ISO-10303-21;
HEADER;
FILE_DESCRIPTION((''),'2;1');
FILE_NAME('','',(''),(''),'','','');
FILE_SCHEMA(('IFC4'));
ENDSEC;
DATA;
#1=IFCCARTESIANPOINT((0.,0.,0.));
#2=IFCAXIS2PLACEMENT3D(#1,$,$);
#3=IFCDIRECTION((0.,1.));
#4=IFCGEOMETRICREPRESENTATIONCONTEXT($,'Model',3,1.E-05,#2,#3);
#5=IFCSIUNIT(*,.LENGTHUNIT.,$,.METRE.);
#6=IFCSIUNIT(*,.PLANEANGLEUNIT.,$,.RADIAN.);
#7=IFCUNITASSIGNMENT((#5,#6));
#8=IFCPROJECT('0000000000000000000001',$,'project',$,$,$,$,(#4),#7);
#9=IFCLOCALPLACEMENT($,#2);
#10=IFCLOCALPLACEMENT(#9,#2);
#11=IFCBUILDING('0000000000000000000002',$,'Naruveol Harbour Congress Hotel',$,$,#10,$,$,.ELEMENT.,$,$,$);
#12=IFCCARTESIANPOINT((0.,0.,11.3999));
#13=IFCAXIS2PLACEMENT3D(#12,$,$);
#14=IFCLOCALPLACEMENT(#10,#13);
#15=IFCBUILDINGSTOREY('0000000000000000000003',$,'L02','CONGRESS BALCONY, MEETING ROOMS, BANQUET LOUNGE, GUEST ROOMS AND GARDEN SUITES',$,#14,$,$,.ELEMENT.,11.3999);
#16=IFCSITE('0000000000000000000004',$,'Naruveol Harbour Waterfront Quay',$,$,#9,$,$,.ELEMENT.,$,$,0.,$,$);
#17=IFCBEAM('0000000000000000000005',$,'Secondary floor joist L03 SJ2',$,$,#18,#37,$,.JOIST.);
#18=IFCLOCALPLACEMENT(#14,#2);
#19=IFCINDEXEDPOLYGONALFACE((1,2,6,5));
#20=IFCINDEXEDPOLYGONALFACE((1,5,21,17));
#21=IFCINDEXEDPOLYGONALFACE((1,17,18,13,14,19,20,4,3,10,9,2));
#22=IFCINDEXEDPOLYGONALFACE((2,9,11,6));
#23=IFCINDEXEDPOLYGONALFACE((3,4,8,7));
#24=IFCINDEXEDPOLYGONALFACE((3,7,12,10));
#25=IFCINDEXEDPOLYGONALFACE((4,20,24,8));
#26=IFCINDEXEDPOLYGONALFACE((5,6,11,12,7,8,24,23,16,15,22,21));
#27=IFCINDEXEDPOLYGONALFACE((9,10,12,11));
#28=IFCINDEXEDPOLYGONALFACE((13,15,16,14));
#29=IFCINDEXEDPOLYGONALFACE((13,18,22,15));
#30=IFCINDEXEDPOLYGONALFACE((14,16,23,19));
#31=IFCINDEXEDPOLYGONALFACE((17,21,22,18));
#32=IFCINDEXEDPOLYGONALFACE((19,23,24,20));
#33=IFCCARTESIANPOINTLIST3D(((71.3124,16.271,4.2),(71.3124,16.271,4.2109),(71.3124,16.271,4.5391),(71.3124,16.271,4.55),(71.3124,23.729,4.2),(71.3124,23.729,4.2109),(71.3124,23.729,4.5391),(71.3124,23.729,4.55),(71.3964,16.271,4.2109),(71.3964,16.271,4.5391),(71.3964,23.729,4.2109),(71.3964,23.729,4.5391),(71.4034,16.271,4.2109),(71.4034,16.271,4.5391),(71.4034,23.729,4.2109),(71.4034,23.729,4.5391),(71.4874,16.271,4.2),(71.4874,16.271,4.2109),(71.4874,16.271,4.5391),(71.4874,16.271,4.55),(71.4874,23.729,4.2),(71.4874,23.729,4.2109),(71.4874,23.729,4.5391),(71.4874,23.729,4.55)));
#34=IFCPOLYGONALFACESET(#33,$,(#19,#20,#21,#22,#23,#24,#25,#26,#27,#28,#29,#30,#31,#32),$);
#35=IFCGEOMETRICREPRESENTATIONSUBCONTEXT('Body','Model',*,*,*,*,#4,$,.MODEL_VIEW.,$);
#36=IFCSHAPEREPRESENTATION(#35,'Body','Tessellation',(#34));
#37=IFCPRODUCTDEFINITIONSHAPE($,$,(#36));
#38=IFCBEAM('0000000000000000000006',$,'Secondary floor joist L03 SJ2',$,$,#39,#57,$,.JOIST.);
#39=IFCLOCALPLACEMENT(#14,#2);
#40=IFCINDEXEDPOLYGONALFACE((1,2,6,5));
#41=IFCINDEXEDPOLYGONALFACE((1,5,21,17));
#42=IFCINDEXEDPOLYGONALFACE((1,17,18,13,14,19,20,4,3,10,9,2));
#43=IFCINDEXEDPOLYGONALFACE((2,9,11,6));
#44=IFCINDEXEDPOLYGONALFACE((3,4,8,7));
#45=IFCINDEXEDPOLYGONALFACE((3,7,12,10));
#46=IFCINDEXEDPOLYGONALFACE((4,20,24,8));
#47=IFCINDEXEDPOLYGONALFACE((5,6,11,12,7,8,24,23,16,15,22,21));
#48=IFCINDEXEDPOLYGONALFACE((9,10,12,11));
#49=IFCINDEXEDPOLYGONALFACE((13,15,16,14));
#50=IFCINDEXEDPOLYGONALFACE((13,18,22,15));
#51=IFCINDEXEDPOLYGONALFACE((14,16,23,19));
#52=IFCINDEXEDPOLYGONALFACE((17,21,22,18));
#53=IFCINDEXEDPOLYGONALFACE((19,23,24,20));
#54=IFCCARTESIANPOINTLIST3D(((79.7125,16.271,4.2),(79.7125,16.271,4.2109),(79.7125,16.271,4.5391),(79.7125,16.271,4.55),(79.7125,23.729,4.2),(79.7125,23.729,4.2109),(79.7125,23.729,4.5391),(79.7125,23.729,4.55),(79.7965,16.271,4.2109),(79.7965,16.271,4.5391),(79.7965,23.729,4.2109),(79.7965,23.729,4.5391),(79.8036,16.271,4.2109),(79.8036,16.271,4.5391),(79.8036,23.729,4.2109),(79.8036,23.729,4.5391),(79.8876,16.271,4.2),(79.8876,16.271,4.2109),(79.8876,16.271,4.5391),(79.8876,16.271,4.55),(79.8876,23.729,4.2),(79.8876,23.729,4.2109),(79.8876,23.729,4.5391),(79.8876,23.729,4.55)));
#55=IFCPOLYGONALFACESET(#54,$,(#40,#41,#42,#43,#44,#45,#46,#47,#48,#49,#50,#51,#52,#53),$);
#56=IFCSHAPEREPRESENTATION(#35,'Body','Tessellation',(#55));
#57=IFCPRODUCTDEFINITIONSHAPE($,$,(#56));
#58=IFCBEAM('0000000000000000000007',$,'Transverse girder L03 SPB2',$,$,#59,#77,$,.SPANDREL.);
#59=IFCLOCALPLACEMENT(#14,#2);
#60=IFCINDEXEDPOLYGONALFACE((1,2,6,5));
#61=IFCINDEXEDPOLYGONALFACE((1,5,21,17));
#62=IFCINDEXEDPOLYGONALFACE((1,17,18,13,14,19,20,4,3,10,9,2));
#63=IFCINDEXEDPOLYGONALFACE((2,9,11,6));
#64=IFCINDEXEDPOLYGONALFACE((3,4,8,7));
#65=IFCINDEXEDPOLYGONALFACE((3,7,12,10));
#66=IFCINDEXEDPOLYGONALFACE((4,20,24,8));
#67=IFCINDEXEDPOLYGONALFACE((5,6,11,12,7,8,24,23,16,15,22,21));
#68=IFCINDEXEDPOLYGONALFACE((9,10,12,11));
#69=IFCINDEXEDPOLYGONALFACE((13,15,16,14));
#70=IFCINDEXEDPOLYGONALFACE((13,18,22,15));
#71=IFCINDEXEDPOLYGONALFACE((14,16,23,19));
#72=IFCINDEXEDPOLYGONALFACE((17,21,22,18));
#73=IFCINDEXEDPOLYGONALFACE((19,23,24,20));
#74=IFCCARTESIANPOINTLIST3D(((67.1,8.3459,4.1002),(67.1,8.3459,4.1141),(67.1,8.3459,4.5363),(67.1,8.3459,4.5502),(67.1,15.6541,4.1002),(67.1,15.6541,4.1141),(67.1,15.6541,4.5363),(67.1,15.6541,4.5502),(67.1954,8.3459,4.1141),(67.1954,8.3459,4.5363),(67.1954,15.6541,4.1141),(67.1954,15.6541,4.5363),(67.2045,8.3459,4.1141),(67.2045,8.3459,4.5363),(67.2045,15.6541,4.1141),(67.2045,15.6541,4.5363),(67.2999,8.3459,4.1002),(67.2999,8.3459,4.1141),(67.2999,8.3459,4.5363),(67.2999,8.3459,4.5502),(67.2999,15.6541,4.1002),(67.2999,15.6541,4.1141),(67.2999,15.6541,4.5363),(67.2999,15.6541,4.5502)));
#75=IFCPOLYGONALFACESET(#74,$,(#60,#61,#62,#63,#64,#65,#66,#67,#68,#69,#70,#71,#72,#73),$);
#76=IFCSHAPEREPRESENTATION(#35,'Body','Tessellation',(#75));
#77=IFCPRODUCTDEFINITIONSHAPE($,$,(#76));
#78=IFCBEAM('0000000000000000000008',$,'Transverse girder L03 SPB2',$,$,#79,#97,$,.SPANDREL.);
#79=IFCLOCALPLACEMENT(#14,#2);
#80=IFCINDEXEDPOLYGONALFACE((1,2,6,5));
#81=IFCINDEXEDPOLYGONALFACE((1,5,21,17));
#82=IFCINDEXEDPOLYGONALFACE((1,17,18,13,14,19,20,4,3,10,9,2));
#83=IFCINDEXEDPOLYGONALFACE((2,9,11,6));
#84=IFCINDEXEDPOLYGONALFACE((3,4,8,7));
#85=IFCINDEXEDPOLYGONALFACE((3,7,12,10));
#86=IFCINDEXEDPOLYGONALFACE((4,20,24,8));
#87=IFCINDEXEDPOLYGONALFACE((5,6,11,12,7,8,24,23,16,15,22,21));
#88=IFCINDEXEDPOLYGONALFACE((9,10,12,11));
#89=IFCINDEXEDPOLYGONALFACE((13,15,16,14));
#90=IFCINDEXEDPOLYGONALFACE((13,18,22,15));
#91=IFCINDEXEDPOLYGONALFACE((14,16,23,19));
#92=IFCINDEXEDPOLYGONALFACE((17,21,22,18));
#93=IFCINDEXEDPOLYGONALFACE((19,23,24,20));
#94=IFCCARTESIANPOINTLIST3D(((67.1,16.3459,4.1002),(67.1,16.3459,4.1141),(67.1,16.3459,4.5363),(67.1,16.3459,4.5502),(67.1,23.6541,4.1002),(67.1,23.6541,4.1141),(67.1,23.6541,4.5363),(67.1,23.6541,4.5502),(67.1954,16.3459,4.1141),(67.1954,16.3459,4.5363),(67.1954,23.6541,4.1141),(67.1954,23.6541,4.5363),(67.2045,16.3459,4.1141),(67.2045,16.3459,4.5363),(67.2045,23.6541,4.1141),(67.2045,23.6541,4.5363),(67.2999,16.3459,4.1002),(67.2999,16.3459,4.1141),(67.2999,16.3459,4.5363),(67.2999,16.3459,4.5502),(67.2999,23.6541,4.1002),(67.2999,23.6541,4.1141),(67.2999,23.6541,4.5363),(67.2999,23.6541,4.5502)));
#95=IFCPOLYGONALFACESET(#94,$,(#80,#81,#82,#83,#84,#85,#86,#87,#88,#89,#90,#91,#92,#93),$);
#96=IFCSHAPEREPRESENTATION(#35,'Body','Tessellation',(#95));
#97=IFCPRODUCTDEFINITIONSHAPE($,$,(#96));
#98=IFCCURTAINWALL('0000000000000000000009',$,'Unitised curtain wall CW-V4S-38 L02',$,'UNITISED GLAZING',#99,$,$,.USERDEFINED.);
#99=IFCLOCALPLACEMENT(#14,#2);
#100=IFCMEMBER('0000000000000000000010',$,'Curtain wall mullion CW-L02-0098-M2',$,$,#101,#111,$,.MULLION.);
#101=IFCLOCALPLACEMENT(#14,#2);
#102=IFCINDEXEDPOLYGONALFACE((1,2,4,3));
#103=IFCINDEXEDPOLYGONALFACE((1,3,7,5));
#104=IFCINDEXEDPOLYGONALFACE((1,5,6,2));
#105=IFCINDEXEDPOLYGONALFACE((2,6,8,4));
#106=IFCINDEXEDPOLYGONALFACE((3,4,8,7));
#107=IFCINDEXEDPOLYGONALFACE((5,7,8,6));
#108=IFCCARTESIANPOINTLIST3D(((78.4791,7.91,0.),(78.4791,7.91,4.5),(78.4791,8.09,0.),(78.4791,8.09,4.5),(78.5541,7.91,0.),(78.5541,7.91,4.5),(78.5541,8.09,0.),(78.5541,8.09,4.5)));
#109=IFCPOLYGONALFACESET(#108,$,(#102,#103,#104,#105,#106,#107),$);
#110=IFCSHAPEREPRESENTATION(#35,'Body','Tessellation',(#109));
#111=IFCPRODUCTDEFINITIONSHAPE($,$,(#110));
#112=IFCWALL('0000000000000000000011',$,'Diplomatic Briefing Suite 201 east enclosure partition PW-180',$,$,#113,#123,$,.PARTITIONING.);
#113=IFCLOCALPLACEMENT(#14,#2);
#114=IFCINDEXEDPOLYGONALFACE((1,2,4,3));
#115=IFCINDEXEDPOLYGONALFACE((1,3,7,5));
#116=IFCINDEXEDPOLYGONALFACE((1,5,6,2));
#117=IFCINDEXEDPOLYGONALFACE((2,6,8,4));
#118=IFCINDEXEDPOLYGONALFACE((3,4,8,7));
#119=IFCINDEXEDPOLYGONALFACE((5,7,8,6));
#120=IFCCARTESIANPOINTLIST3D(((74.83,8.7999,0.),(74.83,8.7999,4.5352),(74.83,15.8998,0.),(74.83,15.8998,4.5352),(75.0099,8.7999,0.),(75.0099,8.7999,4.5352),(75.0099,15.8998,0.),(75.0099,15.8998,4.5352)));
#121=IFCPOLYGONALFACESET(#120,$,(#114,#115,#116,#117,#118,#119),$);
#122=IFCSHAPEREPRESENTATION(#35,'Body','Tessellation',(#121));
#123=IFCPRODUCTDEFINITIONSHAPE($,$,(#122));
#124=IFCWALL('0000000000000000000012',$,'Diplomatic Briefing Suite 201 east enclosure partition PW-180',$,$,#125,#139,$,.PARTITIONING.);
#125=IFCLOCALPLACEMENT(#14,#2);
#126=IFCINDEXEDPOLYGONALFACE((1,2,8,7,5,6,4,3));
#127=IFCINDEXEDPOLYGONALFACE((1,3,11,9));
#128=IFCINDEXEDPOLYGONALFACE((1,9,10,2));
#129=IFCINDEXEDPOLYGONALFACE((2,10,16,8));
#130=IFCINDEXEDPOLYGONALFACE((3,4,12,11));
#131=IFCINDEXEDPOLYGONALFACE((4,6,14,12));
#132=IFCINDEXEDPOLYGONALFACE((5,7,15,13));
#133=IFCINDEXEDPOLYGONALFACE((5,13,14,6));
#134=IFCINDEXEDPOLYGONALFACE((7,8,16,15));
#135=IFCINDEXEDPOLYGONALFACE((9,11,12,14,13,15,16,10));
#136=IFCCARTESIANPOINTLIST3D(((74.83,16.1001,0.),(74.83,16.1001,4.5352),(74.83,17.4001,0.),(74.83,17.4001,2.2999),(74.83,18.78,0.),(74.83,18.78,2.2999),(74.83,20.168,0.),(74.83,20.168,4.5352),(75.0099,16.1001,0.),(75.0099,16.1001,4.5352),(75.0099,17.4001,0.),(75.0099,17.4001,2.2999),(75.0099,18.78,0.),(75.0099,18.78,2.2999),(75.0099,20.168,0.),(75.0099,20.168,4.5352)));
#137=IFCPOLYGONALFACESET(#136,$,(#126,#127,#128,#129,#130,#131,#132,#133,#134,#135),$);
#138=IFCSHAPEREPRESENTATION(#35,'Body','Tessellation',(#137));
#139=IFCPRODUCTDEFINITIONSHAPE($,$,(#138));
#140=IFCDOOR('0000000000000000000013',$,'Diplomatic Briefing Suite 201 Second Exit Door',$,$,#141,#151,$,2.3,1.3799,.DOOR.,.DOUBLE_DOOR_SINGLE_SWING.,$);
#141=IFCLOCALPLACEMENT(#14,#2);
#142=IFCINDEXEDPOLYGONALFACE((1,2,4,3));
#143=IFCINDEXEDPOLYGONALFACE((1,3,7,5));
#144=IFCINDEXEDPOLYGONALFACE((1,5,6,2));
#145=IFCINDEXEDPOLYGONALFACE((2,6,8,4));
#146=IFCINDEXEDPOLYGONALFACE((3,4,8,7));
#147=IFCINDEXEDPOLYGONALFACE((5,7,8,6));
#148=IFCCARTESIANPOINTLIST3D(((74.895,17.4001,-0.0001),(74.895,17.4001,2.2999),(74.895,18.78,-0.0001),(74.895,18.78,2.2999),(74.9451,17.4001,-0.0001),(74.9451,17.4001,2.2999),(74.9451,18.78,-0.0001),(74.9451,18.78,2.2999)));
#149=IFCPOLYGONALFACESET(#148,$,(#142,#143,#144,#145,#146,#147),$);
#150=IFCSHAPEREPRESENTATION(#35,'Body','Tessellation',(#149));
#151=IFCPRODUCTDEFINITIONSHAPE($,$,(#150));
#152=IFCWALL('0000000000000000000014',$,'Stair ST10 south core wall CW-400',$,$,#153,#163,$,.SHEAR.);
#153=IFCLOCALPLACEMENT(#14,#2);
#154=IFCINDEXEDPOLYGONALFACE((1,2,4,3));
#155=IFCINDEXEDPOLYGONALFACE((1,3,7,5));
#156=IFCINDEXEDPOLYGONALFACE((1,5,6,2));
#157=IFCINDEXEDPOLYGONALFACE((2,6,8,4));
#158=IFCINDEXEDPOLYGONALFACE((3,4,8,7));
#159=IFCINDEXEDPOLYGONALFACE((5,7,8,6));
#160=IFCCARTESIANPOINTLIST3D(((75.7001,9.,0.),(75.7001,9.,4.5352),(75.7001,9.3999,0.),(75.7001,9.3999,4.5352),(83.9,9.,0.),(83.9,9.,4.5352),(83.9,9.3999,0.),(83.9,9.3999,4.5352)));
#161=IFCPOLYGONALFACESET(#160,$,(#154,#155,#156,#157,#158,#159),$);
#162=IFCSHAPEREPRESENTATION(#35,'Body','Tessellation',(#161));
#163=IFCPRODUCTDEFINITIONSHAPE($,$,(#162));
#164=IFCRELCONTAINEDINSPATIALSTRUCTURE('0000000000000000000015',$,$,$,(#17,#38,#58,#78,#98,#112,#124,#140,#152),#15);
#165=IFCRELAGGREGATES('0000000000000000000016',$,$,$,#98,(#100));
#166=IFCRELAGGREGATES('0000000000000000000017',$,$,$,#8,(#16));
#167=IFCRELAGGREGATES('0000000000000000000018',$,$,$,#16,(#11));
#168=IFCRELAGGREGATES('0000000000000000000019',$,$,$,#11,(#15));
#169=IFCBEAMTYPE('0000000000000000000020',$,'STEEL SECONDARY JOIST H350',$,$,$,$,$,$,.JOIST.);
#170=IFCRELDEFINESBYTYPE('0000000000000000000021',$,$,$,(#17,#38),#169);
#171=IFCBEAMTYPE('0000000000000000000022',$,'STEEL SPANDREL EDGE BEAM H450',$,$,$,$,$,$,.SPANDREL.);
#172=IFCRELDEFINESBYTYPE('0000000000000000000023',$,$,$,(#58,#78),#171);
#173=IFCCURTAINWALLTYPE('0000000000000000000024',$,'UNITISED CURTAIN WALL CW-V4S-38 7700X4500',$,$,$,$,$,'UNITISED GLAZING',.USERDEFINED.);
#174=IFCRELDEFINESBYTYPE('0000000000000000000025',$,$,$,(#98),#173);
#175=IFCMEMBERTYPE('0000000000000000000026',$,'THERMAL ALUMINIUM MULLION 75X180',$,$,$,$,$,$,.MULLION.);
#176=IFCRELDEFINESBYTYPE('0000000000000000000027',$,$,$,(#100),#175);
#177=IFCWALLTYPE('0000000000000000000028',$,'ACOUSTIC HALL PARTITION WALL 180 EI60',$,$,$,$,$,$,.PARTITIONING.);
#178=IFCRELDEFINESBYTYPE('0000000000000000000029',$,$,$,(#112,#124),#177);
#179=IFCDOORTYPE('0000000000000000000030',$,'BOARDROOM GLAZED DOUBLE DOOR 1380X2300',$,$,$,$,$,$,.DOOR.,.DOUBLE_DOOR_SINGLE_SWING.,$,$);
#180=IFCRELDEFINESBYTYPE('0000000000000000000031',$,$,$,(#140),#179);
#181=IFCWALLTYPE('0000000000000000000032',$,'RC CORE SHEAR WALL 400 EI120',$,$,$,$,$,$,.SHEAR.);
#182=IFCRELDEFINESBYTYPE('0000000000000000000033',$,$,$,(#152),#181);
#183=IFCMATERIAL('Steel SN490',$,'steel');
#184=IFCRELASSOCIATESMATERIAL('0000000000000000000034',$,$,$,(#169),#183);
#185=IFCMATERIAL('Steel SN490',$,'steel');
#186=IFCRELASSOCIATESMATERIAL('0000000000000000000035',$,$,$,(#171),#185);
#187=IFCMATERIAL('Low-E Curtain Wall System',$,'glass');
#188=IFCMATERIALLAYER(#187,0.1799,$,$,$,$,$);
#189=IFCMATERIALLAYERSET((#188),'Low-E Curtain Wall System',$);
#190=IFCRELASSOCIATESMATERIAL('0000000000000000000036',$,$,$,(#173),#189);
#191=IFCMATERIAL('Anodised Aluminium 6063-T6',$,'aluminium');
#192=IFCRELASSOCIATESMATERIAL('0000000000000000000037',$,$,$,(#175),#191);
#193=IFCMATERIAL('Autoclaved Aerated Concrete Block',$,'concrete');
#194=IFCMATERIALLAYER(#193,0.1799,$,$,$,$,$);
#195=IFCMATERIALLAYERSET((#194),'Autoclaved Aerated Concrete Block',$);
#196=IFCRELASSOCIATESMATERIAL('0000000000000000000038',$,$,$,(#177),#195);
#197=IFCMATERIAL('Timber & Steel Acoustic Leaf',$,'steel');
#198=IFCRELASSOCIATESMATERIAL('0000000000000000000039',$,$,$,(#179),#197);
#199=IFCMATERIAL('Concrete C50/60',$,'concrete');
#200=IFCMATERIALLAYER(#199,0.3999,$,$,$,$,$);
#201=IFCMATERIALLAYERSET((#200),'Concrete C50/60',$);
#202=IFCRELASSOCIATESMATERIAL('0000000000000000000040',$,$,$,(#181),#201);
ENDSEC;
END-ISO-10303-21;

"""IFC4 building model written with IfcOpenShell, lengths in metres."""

from ifc_helpers import new_model, si_unit, direction, frame, frame_2d, origin, origin_2d, place, context, subcontext, project, spatial, rectangle, i_section, extrude, material, layer, layer_set, material_profile, profile_set, type_object, element, fill, aggregate, save


model = new_model("IFC4")

# Units and contexts
model_context = context("Model", 3, precision=1e-05, world=origin(), true_north=direction((0.0, 1.0)))
body_context = subcontext(model_context, "Body", "Model", "MODEL_VIEW")
ifc_project = project(units=[si_unit("LENGTHUNIT", "METRE"), si_unit("PLANEANGLEUNIT", "RADIAN")], contexts=[model_context])

# Site, building, storey
site_placement = place(None, origin())
site = spatial("IfcSite", under=ifc_project, at=site_placement, Name="Naruveol Harbour Waterfront Quay", CompositionType="ELEMENT", RefElevation=0.0)
building_placement = place(site_placement, origin())
building = spatial("IfcBuilding", under=site, at=building_placement, Name="Naruveol Harbour Congress Hotel", CompositionType="ELEMENT")
storey_placement = place(building_placement, frame((0.0, 0.0, 11.3999)))
storey = spatial("IfcBuildingStorey", under=building, at=storey_placement, Name="L02", Description="CONGRESS BALCONY, MEETING ROOMS, BANQUET LOUNGE, GUEST ROOMS AND GARDEN SUITES", CompositionType="ELEMENT", Elevation=11.3999)

# Beams
ifc_material_1 = material(Name="Steel SN490", Category="steel")
ifc_material_profile_1 = material_profile(ifc_material_1, i_section(OverallWidth=0.175, OverallDepth=0.3501, WebThickness=0.0071, FlangeThickness=0.011, at=origin_2d()), Name="H-350x175x7x11")
ifc_profile_set_1 = profile_set([ifc_material_profile_1], Name="Steel SN490")
beam_type_1 = type_object("IfcBeamType", Name="STEEL SECONDARY JOIST H350", PredefinedType="JOIST", material=ifc_profile_set_1)
for number, where, z_axis, x_axis, name in (
    (1, (71.3999, 16.271, 4.375), (0.0, 1.0, 0.0), (-1.0, 0.0, 0.0), "Secondary floor joist L03 SJ2"),
    (2, (79.8, 16.271, 4.375), (0.0, 1.0, 0.0), (-1.0, 0.0, 0.0), "Secondary floor joist L03 SJ2"),
):
    element("IfcBeam", number, at=place(storey_placement, frame(where, z_axis=z_axis, x_axis=x_axis)), inside=storey, type_object=beam_type_1, Name=name, PredefinedType="JOIST", context=body_context, shape_type="SweptSolid", body=[
        extrude(i_section(OverallWidth=0.175, OverallDepth=0.3501, WebThickness=0.0071, FlangeThickness=0.011, at=origin_2d()), origin(), (0.0, 0.0, 1.0), 7.458),
    ])
ifc_material_2 = material(Name="Steel SN490", Category="steel")
ifc_material_profile_2 = material_profile(ifc_material_2, i_section(OverallWidth=0.2, OverallDepth=0.45, WebThickness=0.009, FlangeThickness=0.0139, at=origin_2d()), Name="H-450x200x9x14")
ifc_profile_set_2 = profile_set([ifc_material_profile_2], Name="Steel SN490")
beam_type_2 = type_object("IfcBeamType", Name="STEEL SPANDREL EDGE BEAM H450", PredefinedType="SPANDREL", material=ifc_profile_set_2)
for number, where, z_axis, x_axis, name in (
    (3, (67.2, 8.3459, 4.3252), (0.0, 1.0, 0.0), (-1.0, 0.0, 0.0), "Transverse girder L03 SPB2"),
    (4, (67.2, 16.3459, 4.3252), (0.0, 1.0, 0.0), (-1.0, 0.0, 0.0), "Transverse girder L03 SPB2"),
):
    element("IfcBeam", number, at=place(storey_placement, frame(where, z_axis=z_axis, x_axis=x_axis)), inside=storey, type_object=beam_type_2, Name=name, PredefinedType="SPANDREL", context=body_context, shape_type="SweptSolid", body=[
        extrude(i_section(OverallWidth=0.2, OverallDepth=0.45, WebThickness=0.009, FlangeThickness=0.0139, at=origin_2d()), origin(), (0.0, 0.0, 1.0), 7.3081),
    ])

# Curtain wall, member
ifc_material_3 = material(Name="Low-E Curtain Wall System", Category="glass")
ifc_layer_1 = layer(ifc_material_3, 0.1799)
ifc_layer_set_1 = layer_set([ifc_layer_1], Name="Low-E Curtain Wall System")
curtain_wall_type = type_object("IfcCurtainWallType", Name="UNITISED CURTAIN WALL CW-V4S-38 7700X4500", ElementType="UNITISED GLAZING", PredefinedType="USERDEFINED", material=ifc_layer_set_1)
curtain_wall_placement = place(storey_placement, origin())
curtain_wall = element("IfcCurtainWall", 5, at=curtain_wall_placement, inside=storey, type_object=curtain_wall_type, Name="Unitised curtain wall CW-V4S-38 L02", ObjectType="UNITISED GLAZING", PredefinedType="USERDEFINED")
ifc_material_4 = material(Name="Anodised Aluminium 6063-T6", Category="aluminium")
ifc_material_profile_3 = material_profile(ifc_material_4, rectangle(XDim=0.075, YDim=0.1799, at=origin_2d()), Name="ALU-75x180")
ifc_profile_set_3 = profile_set([ifc_material_profile_3], Name="Anodised Aluminium 6063-T6")
member_type = type_object("IfcMemberType", Name="THERMAL ALUMINIUM MULLION 75X180", PredefinedType="MULLION", material=ifc_profile_set_3)
member_placement = place(storey_placement, frame((78.5166, 8.0, 0.0), z_axis=(0.0, 0.0, 1.0), x_axis=(1.0, 0.0, 0.0)))
member = element("IfcMember", 6, at=member_placement, type_object=member_type, Name="Curtain wall mullion CW-L02-0098-M2", PredefinedType="MULLION", context=body_context, shape_type="SweptSolid", body=[
    extrude(rectangle(XDim=0.075, YDim=0.1799, at=origin_2d()), origin(), (0.0, 0.0, 1.0), 4.5),
])
aggregate(curtain_wall, [member])

# Wall
ifc_material_5 = material(Name="Autoclaved Aerated Concrete Block", Category="concrete")
ifc_layer_2 = layer(ifc_material_5, 0.1799)
ifc_layer_set_2 = layer_set([ifc_layer_2], Name="Autoclaved Aerated Concrete Block")
wall_type_1 = type_object("IfcWallType", Name="ACOUSTIC HALL PARTITION WALL 180 EI60", PredefinedType="PARTITIONING", material=ifc_layer_set_2)
wall_1_placement = place(storey_placement, frame((74.9199, 8.8, 0.0), z_axis=(0.0, 0.0, 1.0), x_axis=(0.0, 1.0, 0.0)))
element("IfcWall", 7, at=wall_1_placement, inside=storey, type_object=wall_type_1, Name="Diplomatic Briefing Suite 201 east enclosure partition PW-180", PredefinedType="PARTITIONING", context=body_context, shape_type="SweptSolid", body=[
    extrude(rectangle(XDim=7.0999, YDim=0.1799, at=frame_2d((3.5498, 0.0))), origin(), (0.0, 0.0, 1.0), 4.5352),
])

# Wall, opening, door
wall_2_placement = place(storey_placement, frame((74.9199, 16.1001, 0.0), z_axis=(0.0, 0.0, 1.0), x_axis=(0.0, 1.0, 0.0)))
wall_2 = element("IfcWall", 8, at=wall_2_placement, inside=storey, type_object=wall_type_1, Name="Diplomatic Briefing Suite 201 east enclosure partition PW-180", PredefinedType="PARTITIONING", context=body_context, shape_type="SweptSolid", body=[
    extrude(rectangle(XDim=4.0679, YDim=0.1799, at=frame_2d((2.0339, 0.0))), origin(), (0.0, 0.0, 1.0), 4.5352),
])
opening_1_placement = place(wall_2_placement, frame((1.3, 0.0, 0.0)))
opening_1 = element("IfcOpeningElement", 9, at=opening_1_placement, cuts=wall_2, PredefinedType="OPENING", context=body_context, shape_type="SweptSolid", body=[
    extrude(rectangle(XDim=1.3799, YDim=2.3, at=frame_2d((0.6899, 1.1499))), frame((0.0, 0.0999, 0.0), z_axis=(0.0, -1.0, 0.0), x_axis=(1.0, 0.0, 0.0)), (0.0, 0.0, 1.0), 0.2),
])
ifc_material_6 = material(Name="Timber & Steel Acoustic Leaf", Category="steel")
door_type_1 = type_object("IfcDoorType", Name="BOARDROOM GLAZED DOUBLE DOOR 1380X2300", OperationType="DOUBLE_DOOR_SINGLE_SWING", PredefinedType="DOOR", material=ifc_material_6)
door_1_placement = place(opening_1_placement, origin())
door_1 = element("IfcDoor", 10, at=door_1_placement, inside=storey, type_object=door_type_1, Name="Diplomatic Briefing Suite 201 Second Exit Door", OperationType="DOUBLE_DOOR_SINGLE_SWING", OverallHeight=2.3, OverallWidth=1.3799, PredefinedType="DOOR", context=body_context, shape_type="SweptSolid", body=[
    extrude(rectangle(XDim=1.3799, YDim=2.3, at=frame_2d((0.6899, 1.1499))), frame((0.0, 0.0249, 0.0), z_axis=(0.0, -1.0, 0.0), x_axis=(1.0, 0.0, 0.0)), (0.0, 0.0, 1.0), 0.05),
])
fill(opening_1, door_1)

# Wall
ifc_material_7 = material(Name="Concrete C50/60", Category="concrete")
ifc_layer_3 = layer(ifc_material_7, 0.3999)
ifc_layer_set_3 = layer_set([ifc_layer_3], Name="Concrete C50/60")
wall_type_2 = type_object("IfcWallType", Name="RC CORE SHEAR WALL 400 EI120", PredefinedType="SHEAR", material=ifc_layer_set_3)
wall_3_placement = place(storey_placement, frame((75.7, 9.2, 0.0), z_axis=(0.0, 0.0, 1.0), x_axis=(1.0, 0.0, 0.0)))
element("IfcWall", 11, at=wall_3_placement, inside=storey, type_object=wall_type_2, Name="Stair ST10 south core wall CW-400", PredefinedType="SHEAR", context=body_context, shape_type="SweptSolid", body=[
    extrude(rectangle(XDim=8.2, YDim=0.3999, at=frame_2d((4.1001, 0.0))), origin(), (0.0, 0.0, 1.0), 4.5352),
])

save(model, "model.ifc")
